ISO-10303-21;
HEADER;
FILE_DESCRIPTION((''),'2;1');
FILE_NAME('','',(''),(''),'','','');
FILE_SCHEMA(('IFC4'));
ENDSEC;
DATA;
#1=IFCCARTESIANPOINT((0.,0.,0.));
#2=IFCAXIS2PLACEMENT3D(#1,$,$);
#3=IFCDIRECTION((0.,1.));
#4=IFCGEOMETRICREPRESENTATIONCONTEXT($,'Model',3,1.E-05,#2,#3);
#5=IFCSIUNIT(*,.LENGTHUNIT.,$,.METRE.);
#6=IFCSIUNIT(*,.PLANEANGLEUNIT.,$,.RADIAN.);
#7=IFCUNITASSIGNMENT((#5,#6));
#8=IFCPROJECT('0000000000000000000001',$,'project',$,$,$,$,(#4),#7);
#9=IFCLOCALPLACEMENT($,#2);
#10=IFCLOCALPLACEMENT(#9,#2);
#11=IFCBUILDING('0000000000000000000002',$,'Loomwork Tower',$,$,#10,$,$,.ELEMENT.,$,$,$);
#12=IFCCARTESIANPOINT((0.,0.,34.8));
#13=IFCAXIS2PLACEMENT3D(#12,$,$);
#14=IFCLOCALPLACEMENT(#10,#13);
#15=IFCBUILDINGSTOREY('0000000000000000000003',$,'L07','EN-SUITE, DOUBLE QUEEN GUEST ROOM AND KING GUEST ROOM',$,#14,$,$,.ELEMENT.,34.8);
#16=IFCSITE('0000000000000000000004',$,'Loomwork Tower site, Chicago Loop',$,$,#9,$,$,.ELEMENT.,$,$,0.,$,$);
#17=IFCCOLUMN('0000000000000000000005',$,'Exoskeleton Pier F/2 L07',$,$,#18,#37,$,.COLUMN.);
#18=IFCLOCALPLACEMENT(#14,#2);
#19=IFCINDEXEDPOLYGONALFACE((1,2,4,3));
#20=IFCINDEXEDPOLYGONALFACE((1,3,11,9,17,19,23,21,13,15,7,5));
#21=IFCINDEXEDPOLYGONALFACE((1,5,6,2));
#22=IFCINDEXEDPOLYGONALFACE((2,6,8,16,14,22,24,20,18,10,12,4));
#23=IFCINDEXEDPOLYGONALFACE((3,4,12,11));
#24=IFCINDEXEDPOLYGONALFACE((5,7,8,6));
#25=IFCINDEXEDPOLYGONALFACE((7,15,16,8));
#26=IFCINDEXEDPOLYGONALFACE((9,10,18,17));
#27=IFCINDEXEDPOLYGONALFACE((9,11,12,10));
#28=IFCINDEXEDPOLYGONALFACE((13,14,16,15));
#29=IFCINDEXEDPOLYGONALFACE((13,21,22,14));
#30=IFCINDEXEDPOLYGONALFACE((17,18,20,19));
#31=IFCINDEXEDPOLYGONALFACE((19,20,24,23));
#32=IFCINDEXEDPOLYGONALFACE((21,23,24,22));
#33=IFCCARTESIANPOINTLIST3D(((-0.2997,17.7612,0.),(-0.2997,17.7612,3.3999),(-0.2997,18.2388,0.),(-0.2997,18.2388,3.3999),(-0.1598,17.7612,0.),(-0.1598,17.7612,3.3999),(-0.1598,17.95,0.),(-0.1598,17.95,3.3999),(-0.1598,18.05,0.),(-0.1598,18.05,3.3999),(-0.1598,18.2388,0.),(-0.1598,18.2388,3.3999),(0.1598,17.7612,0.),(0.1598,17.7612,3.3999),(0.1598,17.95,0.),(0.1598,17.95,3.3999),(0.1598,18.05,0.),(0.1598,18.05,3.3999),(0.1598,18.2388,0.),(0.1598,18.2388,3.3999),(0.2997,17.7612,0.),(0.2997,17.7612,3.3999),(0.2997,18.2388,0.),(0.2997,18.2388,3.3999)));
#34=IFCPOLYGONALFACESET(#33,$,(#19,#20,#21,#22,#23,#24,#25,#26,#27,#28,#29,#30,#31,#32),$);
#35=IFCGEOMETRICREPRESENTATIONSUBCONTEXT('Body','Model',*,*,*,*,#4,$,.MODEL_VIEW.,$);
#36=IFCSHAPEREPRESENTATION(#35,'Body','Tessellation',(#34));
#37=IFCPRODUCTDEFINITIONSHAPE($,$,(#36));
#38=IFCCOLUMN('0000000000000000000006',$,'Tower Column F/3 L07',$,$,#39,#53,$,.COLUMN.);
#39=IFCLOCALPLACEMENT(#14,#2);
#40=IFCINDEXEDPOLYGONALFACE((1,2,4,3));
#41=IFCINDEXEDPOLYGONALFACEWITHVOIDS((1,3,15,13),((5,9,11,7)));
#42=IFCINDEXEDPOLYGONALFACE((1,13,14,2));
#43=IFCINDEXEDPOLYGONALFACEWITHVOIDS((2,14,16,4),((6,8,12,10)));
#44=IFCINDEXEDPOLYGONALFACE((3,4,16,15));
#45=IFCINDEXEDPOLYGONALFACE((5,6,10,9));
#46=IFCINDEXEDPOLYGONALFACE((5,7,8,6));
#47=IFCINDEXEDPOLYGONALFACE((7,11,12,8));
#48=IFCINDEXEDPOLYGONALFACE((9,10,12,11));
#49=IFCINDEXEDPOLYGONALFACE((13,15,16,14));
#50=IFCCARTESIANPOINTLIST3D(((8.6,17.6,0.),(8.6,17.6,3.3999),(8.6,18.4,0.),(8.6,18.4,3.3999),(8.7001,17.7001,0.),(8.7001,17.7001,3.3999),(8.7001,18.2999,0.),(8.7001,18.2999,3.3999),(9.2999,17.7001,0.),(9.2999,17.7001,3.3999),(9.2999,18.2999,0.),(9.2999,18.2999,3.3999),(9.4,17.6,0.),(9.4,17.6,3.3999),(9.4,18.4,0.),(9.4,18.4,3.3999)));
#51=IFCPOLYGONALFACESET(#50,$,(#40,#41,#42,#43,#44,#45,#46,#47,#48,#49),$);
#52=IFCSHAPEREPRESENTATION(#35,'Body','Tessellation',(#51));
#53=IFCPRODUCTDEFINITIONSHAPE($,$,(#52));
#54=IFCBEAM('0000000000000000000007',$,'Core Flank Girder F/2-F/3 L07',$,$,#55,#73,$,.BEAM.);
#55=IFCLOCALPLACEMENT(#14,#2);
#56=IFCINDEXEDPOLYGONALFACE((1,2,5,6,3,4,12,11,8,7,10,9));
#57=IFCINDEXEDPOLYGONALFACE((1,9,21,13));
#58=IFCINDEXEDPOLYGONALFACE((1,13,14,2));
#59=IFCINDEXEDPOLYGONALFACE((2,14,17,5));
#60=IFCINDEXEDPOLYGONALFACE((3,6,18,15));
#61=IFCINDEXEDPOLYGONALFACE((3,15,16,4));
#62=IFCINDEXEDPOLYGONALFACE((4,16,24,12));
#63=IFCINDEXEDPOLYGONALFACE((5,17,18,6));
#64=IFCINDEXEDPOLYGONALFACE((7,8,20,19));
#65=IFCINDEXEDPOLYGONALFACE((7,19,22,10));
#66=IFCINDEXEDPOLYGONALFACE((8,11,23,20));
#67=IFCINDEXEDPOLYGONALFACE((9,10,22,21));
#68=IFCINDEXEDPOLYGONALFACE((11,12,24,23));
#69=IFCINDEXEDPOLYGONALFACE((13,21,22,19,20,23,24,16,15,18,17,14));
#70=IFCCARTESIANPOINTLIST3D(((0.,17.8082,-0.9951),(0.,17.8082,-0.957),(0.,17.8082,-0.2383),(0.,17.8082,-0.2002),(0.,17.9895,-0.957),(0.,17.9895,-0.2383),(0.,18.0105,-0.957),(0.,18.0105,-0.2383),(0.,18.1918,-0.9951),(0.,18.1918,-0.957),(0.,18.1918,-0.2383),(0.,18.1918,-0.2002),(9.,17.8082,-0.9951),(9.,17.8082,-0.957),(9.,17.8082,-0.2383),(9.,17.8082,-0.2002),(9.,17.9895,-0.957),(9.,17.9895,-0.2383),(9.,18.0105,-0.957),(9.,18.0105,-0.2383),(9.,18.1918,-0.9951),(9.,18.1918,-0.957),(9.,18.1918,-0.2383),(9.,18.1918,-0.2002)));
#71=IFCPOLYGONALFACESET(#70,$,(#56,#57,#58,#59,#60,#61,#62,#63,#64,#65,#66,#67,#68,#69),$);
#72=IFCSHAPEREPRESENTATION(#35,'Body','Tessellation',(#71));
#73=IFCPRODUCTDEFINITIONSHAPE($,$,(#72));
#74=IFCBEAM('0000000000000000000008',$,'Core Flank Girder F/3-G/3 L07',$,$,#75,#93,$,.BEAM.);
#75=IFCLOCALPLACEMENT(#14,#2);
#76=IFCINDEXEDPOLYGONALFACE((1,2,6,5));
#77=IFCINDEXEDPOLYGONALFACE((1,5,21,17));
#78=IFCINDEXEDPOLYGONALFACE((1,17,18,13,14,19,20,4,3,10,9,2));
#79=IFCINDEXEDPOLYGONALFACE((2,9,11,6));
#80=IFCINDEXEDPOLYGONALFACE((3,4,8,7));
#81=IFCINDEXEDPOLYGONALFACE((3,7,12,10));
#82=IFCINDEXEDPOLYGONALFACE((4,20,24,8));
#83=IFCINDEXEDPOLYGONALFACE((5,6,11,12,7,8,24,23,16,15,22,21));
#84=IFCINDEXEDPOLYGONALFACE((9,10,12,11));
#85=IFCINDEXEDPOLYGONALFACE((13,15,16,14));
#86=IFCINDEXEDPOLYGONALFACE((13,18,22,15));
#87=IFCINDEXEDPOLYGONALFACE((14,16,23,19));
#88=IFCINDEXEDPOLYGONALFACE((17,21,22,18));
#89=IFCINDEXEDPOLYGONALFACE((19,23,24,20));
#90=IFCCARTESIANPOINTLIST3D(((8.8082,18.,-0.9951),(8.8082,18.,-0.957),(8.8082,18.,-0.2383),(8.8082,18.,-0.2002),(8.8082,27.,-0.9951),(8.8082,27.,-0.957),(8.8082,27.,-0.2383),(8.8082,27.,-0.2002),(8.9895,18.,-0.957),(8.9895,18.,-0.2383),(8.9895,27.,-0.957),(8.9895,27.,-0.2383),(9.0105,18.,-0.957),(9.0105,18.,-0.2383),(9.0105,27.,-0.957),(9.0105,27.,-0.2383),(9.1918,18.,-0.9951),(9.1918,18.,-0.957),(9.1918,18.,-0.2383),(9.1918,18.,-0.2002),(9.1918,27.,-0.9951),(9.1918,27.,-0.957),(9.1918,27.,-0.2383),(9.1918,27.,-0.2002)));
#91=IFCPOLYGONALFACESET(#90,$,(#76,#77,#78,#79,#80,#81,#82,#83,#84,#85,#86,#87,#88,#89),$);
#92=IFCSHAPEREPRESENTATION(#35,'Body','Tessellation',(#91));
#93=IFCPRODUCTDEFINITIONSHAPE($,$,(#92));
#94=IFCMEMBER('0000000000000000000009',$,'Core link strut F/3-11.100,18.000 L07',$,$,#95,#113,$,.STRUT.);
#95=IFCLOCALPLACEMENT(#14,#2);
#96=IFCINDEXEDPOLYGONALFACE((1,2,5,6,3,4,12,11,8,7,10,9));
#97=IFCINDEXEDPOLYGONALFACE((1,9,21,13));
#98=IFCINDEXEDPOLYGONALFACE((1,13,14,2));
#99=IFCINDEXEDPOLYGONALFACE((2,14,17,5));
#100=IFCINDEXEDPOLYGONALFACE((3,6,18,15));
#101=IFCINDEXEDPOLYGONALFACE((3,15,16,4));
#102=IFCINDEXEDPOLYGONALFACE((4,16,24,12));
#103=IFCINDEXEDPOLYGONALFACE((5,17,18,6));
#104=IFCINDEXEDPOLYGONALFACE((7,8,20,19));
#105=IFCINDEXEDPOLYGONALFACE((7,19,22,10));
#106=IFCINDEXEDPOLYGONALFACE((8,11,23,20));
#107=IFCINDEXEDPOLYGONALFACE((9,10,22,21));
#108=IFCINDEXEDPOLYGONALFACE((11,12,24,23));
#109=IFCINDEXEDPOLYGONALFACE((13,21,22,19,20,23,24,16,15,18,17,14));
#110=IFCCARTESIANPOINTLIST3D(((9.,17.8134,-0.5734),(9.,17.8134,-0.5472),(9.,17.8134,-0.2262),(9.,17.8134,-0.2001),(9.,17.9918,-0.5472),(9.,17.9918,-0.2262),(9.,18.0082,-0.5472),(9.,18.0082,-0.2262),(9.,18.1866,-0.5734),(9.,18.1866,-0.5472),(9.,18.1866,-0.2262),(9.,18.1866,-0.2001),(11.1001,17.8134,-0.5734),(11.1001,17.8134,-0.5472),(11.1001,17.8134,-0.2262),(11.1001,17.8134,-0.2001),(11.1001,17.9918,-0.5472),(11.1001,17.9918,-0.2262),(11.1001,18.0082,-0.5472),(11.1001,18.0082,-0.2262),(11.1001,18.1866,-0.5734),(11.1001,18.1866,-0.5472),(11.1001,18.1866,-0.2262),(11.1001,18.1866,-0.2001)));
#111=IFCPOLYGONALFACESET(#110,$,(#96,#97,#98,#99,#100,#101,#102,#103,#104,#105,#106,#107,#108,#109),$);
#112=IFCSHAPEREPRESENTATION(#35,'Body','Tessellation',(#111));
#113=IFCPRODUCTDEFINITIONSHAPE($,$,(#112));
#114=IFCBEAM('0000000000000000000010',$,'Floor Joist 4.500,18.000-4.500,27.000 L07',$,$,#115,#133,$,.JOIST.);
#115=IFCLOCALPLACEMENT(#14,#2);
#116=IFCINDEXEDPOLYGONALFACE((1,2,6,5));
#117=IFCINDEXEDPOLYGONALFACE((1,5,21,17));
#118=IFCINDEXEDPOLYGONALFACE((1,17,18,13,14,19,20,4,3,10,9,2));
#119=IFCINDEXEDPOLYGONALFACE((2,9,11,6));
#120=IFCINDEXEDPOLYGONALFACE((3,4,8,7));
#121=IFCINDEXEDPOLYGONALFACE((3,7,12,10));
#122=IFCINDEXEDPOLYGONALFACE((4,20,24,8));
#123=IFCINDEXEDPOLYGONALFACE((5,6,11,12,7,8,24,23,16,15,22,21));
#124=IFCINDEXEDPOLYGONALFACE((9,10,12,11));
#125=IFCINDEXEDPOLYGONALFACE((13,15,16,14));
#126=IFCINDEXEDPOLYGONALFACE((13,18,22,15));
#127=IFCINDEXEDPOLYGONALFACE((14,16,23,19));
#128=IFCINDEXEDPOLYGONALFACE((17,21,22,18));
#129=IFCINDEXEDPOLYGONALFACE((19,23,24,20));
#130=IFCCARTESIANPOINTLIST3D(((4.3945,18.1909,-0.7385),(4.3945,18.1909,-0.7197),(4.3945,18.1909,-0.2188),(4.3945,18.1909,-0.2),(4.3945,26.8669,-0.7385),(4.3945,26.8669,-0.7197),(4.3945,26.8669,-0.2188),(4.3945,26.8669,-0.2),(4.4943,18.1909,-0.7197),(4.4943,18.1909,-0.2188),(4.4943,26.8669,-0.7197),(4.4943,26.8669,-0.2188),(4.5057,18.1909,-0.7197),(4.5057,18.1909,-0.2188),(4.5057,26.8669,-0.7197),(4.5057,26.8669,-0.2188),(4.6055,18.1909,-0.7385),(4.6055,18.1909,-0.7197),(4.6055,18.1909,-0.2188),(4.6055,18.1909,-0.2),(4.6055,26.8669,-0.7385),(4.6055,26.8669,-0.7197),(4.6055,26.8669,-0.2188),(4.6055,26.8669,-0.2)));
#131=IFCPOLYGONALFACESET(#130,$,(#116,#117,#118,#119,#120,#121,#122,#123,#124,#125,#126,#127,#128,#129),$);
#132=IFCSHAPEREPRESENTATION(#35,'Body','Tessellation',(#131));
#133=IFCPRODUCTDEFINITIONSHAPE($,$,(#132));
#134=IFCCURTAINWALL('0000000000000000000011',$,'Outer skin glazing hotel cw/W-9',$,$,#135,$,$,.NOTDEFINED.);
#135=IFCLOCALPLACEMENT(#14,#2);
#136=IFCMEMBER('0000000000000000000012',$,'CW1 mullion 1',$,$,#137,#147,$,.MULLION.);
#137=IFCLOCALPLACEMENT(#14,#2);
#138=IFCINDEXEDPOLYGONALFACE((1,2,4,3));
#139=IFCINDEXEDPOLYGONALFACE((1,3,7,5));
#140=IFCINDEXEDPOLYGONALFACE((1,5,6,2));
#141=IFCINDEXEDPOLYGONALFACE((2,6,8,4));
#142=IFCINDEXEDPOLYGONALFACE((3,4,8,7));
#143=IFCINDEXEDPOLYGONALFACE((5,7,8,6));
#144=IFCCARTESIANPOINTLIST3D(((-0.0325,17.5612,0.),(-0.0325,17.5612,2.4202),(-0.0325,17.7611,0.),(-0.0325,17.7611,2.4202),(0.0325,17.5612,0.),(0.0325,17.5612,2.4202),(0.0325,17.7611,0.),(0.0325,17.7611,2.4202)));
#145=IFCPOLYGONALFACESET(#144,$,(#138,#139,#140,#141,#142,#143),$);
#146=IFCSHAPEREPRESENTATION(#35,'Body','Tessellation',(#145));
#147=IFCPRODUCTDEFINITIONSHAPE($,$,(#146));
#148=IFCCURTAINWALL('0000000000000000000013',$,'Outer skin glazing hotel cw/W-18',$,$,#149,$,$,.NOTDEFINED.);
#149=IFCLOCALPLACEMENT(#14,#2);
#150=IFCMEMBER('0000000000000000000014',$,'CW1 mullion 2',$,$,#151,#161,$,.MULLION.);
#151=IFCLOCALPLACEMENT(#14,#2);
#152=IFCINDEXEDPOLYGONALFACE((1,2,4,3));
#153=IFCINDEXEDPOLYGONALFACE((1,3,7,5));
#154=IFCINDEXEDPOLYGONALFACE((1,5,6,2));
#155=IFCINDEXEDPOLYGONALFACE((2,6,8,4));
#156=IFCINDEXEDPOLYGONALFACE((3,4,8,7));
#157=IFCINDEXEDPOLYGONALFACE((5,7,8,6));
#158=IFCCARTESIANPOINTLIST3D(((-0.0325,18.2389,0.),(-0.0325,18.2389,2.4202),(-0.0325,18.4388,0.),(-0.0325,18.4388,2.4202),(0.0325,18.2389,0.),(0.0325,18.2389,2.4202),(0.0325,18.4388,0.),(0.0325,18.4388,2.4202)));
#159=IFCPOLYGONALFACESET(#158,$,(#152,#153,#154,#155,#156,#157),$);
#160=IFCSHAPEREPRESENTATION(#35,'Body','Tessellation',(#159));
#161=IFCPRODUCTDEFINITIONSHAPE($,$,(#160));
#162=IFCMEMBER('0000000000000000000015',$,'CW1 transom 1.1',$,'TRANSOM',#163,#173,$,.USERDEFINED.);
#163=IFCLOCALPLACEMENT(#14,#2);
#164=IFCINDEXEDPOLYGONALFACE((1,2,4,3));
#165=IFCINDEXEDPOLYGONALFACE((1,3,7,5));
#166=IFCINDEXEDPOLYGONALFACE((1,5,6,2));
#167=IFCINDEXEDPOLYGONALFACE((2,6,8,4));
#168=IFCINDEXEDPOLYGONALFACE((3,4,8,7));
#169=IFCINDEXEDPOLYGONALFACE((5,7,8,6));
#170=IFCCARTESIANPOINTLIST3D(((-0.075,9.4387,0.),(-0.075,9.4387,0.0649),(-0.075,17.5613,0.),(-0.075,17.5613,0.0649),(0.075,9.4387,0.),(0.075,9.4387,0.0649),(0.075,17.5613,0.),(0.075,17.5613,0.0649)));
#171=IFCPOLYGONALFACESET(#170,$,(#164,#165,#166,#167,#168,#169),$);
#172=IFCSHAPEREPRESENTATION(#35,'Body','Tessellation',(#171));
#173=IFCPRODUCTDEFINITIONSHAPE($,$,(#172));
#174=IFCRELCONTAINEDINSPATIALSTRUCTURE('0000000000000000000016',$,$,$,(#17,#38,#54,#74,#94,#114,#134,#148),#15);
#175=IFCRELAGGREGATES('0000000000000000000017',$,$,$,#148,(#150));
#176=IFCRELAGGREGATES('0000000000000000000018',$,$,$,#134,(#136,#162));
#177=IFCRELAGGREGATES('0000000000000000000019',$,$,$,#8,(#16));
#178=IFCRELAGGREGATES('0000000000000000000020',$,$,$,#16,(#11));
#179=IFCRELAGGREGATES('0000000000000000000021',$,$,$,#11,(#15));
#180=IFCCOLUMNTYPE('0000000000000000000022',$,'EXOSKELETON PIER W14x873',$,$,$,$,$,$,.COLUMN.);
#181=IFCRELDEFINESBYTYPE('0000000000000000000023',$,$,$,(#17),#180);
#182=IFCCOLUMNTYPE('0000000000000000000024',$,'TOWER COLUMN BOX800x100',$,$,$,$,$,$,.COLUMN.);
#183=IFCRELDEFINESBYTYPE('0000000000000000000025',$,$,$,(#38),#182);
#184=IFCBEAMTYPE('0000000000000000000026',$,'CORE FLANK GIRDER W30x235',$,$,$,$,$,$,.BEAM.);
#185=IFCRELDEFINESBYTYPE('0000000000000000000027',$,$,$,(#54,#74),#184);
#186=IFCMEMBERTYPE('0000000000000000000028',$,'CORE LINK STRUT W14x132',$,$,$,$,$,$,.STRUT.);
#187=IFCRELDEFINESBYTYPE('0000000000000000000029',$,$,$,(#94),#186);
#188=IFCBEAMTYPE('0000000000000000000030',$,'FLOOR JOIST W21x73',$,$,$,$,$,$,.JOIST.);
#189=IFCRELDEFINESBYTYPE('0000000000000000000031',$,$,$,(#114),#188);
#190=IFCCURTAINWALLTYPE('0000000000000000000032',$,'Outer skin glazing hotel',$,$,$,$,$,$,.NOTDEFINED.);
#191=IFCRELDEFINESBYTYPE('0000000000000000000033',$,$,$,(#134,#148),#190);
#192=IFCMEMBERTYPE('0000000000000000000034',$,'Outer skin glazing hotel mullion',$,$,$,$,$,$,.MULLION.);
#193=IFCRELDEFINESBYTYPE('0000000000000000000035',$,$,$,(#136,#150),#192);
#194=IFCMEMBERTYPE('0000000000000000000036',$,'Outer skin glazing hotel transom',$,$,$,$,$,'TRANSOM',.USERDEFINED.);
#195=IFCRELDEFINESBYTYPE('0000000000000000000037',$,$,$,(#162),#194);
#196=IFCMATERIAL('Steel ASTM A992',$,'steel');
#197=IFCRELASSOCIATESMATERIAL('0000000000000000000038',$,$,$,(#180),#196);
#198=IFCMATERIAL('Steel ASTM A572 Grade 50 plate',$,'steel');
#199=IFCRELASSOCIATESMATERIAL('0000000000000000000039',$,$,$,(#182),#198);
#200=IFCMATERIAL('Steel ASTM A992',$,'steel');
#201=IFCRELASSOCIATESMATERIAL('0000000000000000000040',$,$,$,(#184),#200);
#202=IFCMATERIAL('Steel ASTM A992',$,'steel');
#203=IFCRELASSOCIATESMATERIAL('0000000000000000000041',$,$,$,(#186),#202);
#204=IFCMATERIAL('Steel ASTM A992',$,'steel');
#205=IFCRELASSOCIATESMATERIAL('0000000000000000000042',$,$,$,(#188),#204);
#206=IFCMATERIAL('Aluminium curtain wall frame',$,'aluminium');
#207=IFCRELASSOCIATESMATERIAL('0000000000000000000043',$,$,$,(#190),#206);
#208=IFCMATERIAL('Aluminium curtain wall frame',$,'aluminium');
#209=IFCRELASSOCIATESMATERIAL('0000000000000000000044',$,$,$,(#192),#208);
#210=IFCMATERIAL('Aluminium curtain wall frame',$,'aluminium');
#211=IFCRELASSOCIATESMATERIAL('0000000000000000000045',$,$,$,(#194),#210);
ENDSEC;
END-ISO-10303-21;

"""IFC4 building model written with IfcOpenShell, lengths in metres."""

from ifc_helpers import new_model, si_unit, direction, frame, origin, origin_2d, place, context, subcontext, project, spatial, rectangle, hollow_rectangle, i_section, extrude, material, material_profile, profile_set, type_object, element, aggregate, save


model = new_model("IFC4")

# Units and contexts
model_context = context("Model", 3, precision=1e-05, world=origin(), true_north=direction((0.0, 1.0)))
body_context = subcontext(model_context, "Body", "Model", "MODEL_VIEW")
ifc_project = project(units=[si_unit("LENGTHUNIT", "METRE"), si_unit("PLANEANGLEUNIT", "RADIAN")], contexts=[model_context])

# Site, building, storey
site_placement = place(None, origin())
site = spatial("IfcSite", under=ifc_project, at=site_placement, Name="Loomwork Tower site, Chicago Loop", CompositionType="ELEMENT", RefElevation=0.0)
building_placement = place(site_placement, origin())
building = spatial("IfcBuilding", under=site, at=building_placement, Name="Loomwork Tower", CompositionType="ELEMENT")
storey_placement = place(building_placement, frame((0.0, 0.0, 34.8)))
storey = spatial("IfcBuildingStorey", under=building, at=storey_placement, Name="L07", Description="EN-SUITE, DOUBLE QUEEN GUEST ROOM AND KING GUEST ROOM", CompositionType="ELEMENT", Elevation=34.8)

# Columns
ifc_material_1 = material(Name="Steel ASTM A992", Category="steel")
ifc_material_profile_1 = material_profile(ifc_material_1, i_section(OverallWidth=0.4775, OverallDepth=0.5994, WebThickness=0.1001, FlangeThickness=0.1399, at=origin_2d()), Name="W14x873")
ifc_profile_set_1 = profile_set([ifc_material_profile_1], Name="Steel ASTM A992")
column_type_1 = type_object("IfcColumnType", Name="EXOSKELETON PIER W14x873", PredefinedType="COLUMN", material=ifc_profile_set_1)
column_1_placement = place(storey_placement, frame((0.0, 18.0, 0.0), z_axis=(0.0, 0.0, 1.0), x_axis=(0.0, 1.0, 0.0)))
element("IfcColumn", 1, at=column_1_placement, inside=storey, type_object=column_type_1, Name="Exoskeleton Pier F/2 L07", PredefinedType="COLUMN", context=body_context, shape_type="SweptSolid", body=[
    extrude(i_section(OverallWidth=0.4775, OverallDepth=0.5994, WebThickness=0.1001, FlangeThickness=0.1399, at=origin_2d()), origin(), (0.0, 0.0, 1.0), 3.3999),
])
ifc_material_2 = material(Name="Steel ASTM A572 Grade 50 plate", Category="steel")
ifc_material_profile_2 = material_profile(ifc_material_2, hollow_rectangle(XDim=0.8, YDim=0.8, WallThickness=0.1001, at=origin_2d()), Name="BOX800x100")
ifc_profile_set_2 = profile_set([ifc_material_profile_2], Name="Steel ASTM A572 Grade 50 plate")
column_type_2 = type_object("IfcColumnType", Name="TOWER COLUMN BOX800x100", PredefinedType="COLUMN", material=ifc_profile_set_2)
column_2_placement = place(storey_placement, frame((9.0, 18.0, 0.0), z_axis=(0.0, 0.0, 1.0), x_axis=(1.0, 0.0, 0.0)))
element("IfcColumn", 2, at=column_2_placement, inside=storey, type_object=column_type_2, Name="Tower Column F/3 L07", PredefinedType="COLUMN", context=body_context, shape_type="SweptSolid", body=[
    extrude(hollow_rectangle(XDim=0.8, YDim=0.8, WallThickness=0.1001, at=origin_2d()), origin(), (0.0, 0.0, 1.0), 3.3999),
])

# Beams
ifc_material_3 = material(Name="Steel ASTM A992", Category="steel")
ifc_material_profile_3 = material_profile(ifc_material_3, i_section(OverallWidth=0.3835, OverallDepth=0.7949, WebThickness=0.021, FlangeThickness=0.0381, at=origin_2d()), Name="W30x235")
ifc_profile_set_3 = profile_set([ifc_material_profile_3], Name="Steel ASTM A992")
beam_type_1 = type_object("IfcBeamType", Name="CORE FLANK GIRDER W30x235", PredefinedType="BEAM", material=ifc_profile_set_3)
for number, where, z_axis, x_axis, name in (
    (3, (0.0, 18.0, -0.5977), (1.0, 0.0, 0.0), (0.0, 1.0, 0.0), "Core Flank Girder F/2-F/3 L07"),
    (4, (9.0, 18.0, -0.5977), (0.0, 1.0, 0.0), (-1.0, 0.0, 0.0), "Core Flank Girder F/3-G/3 L07"),
):
    element("IfcBeam", number, at=place(storey_placement, frame(where, z_axis=z_axis, x_axis=x_axis)), inside=storey, type_object=beam_type_1, Name=name, PredefinedType="BEAM", context=body_context, shape_type="SweptSolid", body=[
        extrude(i_section(OverallWidth=0.3835, OverallDepth=0.7949, WebThickness=0.021, FlangeThickness=0.0381, at=origin_2d()), origin(), (0.0, 0.0, 1.0), 9.0),
    ])

# Member
ifc_material_4 = material(Name="Steel ASTM A992", Category="steel")
ifc_material_profile_4 = material_profile(ifc_material_4, i_section(OverallWidth=0.3733, OverallDepth=0.3733, WebThickness=0.0164, FlangeThickness=0.0261, at=origin_2d()), Name="W14x132")
ifc_profile_set_4 = profile_set([ifc_material_profile_4], Name="Steel ASTM A992")
member_type_1 = type_object("IfcMemberType", Name="CORE LINK STRUT W14x132", PredefinedType="STRUT", material=ifc_profile_set_4)
member_1_placement = place(storey_placement, frame((9.0, 18.0, -0.3867), z_axis=(1.0, 0.0, 0.0), x_axis=(0.0, 1.0, 0.0)))
element("IfcMember", 5, at=member_1_placement, inside=storey, type_object=member_type_1, Name="Core link strut F/3-11.100,18.000 L07", PredefinedType="STRUT", context=body_context, shape_type="SweptSolid", body=[
    extrude(i_section(OverallWidth=0.3733, OverallDepth=0.3733, WebThickness=0.0164, FlangeThickness=0.0261, at=origin_2d()), origin(), (0.0, 0.0, 1.0), 2.1001),
])

# Beam
ifc_material_5 = material(Name="Steel ASTM A992", Category="steel")
ifc_material_profile_5 = material_profile(ifc_material_5, i_section(OverallWidth=0.2109, OverallDepth=0.5386, WebThickness=0.0115, FlangeThickness=0.0188, at=origin_2d()), Name="W21x73")
ifc_profile_set_5 = profile_set([ifc_material_profile_5], Name="Steel ASTM A992")
beam_type_2 = type_object("IfcBeamType", Name="FLOOR JOIST W21x73", PredefinedType="JOIST", material=ifc_profile_set_5)
beam_1_placement = place(storey_placement, frame((4.5, 18.1909, -0.4692), z_axis=(0.0, 1.0, 0.0), x_axis=(-1.0, 0.0, 0.0)))
element("IfcBeam", 6, at=beam_1_placement, inside=storey, type_object=beam_type_2, Name="Floor Joist 4.500,18.000-4.500,27.000 L07", PredefinedType="JOIST", context=body_context, shape_type="SweptSolid", body=[
    extrude(i_section(OverallWidth=0.2109, OverallDepth=0.5386, WebThickness=0.0115, FlangeThickness=0.0188, at=origin_2d()), origin(), (0.0, 0.0, 1.0), 8.676),
])

# Curtain walls, members
ifc_material_6 = material(Name="Aluminium curtain wall frame", Category="aluminium")
curtain_wall_type = type_object("IfcCurtainWallType", Name="Outer skin glazing hotel", PredefinedType="NOTDEFINED", material=ifc_material_6)
curtain_wall_1_placement = place(storey_placement, origin())
curtain_wall_1 = element("IfcCurtainWall", 7, at=curtain_wall_1_placement, inside=storey, type_object=curtain_wall_type, Name="Outer skin glazing hotel cw/W-9", PredefinedType="NOTDEFINED")
ifc_material_7 = material(Name="Aluminium curtain wall frame", Category="aluminium")
ifc_material_profile_6 = material_profile(ifc_material_7, rectangle(XDim=0.0649, YDim=0.2, at=origin_2d()), Name="AL 65x200")
ifc_profile_set_6 = profile_set([ifc_material_profile_6], Name="Aluminium curtain wall frame")
member_type_2 = type_object("IfcMemberType", Name="Outer skin glazing hotel mullion", PredefinedType="MULLION", material=ifc_profile_set_6)
member_2_placement = place(storey_placement, frame((0.0, 17.6611, 0.0), z_axis=(0.0, 0.0, 1.0), x_axis=(1.0, 0.0, 0.0)))
member_2 = element("IfcMember", 8, at=member_2_placement, type_object=member_type_2, Name="CW1 mullion 1", PredefinedType="MULLION", context=body_context, shape_type="SweptSolid", body=[
    extrude(rectangle(XDim=0.0649, YDim=0.2, at=origin_2d()), origin(), (0.0, 0.0, 1.0), 2.4202),
])
curtain_wall_2_placement = place(storey_placement, origin())
curtain_wall_2 = element("IfcCurtainWall", 9, at=curtain_wall_2_placement, inside=storey, type_object=curtain_wall_type, Name="Outer skin glazing hotel cw/W-18", PredefinedType="NOTDEFINED")
member_3_placement = place(storey_placement, frame((0.0, 18.3389, 0.0), z_axis=(0.0, 0.0, 1.0), x_axis=(1.0, 0.0, 0.0)))
member_3 = element("IfcMember", 10, at=member_3_placement, type_object=member_type_2, Name="CW1 mullion 2", PredefinedType="MULLION", context=body_context, shape_type="SweptSolid", body=[
    extrude(rectangle(XDim=0.0649, YDim=0.2, at=origin_2d()), origin(), (0.0, 0.0, 1.0), 2.4202),
])
aggregate(curtain_wall_2, [member_3])

# Member
ifc_material_8 = material(Name="Aluminium curtain wall frame", Category="aluminium")
ifc_material_profile_7 = material_profile(ifc_material_8, rectangle(XDim=0.1499, YDim=0.0649, at=origin_2d()), Name="AL 65x150")
ifc_profile_set_7 = profile_set([ifc_material_profile_7], Name="Aluminium curtain wall frame")
member_type_3 = type_object("IfcMemberType", Name="Outer skin glazing hotel transom", ElementType="TRANSOM", PredefinedType="USERDEFINED", material=ifc_profile_set_7)
member_4_placement = place(storey_placement, frame((0.0, 17.5613, 0.0325), z_axis=(0.0, -1.0, 0.0), x_axis=(1.0, 0.0, 0.0)))
member_4 = element("IfcMember", 11, at=member_4_placement, type_object=member_type_3, Name="CW1 transom 1.1", ObjectType="TRANSOM", PredefinedType="USERDEFINED", context=body_context, shape_type="SweptSolid", body=[
    extrude(rectangle(XDim=0.1499, YDim=0.0649, at=origin_2d()), origin(), (0.0, 0.0, 1.0), 8.1226),
])
aggregate(curtain_wall_1, [member_2, member_4])

save(model, "model.ifc")
